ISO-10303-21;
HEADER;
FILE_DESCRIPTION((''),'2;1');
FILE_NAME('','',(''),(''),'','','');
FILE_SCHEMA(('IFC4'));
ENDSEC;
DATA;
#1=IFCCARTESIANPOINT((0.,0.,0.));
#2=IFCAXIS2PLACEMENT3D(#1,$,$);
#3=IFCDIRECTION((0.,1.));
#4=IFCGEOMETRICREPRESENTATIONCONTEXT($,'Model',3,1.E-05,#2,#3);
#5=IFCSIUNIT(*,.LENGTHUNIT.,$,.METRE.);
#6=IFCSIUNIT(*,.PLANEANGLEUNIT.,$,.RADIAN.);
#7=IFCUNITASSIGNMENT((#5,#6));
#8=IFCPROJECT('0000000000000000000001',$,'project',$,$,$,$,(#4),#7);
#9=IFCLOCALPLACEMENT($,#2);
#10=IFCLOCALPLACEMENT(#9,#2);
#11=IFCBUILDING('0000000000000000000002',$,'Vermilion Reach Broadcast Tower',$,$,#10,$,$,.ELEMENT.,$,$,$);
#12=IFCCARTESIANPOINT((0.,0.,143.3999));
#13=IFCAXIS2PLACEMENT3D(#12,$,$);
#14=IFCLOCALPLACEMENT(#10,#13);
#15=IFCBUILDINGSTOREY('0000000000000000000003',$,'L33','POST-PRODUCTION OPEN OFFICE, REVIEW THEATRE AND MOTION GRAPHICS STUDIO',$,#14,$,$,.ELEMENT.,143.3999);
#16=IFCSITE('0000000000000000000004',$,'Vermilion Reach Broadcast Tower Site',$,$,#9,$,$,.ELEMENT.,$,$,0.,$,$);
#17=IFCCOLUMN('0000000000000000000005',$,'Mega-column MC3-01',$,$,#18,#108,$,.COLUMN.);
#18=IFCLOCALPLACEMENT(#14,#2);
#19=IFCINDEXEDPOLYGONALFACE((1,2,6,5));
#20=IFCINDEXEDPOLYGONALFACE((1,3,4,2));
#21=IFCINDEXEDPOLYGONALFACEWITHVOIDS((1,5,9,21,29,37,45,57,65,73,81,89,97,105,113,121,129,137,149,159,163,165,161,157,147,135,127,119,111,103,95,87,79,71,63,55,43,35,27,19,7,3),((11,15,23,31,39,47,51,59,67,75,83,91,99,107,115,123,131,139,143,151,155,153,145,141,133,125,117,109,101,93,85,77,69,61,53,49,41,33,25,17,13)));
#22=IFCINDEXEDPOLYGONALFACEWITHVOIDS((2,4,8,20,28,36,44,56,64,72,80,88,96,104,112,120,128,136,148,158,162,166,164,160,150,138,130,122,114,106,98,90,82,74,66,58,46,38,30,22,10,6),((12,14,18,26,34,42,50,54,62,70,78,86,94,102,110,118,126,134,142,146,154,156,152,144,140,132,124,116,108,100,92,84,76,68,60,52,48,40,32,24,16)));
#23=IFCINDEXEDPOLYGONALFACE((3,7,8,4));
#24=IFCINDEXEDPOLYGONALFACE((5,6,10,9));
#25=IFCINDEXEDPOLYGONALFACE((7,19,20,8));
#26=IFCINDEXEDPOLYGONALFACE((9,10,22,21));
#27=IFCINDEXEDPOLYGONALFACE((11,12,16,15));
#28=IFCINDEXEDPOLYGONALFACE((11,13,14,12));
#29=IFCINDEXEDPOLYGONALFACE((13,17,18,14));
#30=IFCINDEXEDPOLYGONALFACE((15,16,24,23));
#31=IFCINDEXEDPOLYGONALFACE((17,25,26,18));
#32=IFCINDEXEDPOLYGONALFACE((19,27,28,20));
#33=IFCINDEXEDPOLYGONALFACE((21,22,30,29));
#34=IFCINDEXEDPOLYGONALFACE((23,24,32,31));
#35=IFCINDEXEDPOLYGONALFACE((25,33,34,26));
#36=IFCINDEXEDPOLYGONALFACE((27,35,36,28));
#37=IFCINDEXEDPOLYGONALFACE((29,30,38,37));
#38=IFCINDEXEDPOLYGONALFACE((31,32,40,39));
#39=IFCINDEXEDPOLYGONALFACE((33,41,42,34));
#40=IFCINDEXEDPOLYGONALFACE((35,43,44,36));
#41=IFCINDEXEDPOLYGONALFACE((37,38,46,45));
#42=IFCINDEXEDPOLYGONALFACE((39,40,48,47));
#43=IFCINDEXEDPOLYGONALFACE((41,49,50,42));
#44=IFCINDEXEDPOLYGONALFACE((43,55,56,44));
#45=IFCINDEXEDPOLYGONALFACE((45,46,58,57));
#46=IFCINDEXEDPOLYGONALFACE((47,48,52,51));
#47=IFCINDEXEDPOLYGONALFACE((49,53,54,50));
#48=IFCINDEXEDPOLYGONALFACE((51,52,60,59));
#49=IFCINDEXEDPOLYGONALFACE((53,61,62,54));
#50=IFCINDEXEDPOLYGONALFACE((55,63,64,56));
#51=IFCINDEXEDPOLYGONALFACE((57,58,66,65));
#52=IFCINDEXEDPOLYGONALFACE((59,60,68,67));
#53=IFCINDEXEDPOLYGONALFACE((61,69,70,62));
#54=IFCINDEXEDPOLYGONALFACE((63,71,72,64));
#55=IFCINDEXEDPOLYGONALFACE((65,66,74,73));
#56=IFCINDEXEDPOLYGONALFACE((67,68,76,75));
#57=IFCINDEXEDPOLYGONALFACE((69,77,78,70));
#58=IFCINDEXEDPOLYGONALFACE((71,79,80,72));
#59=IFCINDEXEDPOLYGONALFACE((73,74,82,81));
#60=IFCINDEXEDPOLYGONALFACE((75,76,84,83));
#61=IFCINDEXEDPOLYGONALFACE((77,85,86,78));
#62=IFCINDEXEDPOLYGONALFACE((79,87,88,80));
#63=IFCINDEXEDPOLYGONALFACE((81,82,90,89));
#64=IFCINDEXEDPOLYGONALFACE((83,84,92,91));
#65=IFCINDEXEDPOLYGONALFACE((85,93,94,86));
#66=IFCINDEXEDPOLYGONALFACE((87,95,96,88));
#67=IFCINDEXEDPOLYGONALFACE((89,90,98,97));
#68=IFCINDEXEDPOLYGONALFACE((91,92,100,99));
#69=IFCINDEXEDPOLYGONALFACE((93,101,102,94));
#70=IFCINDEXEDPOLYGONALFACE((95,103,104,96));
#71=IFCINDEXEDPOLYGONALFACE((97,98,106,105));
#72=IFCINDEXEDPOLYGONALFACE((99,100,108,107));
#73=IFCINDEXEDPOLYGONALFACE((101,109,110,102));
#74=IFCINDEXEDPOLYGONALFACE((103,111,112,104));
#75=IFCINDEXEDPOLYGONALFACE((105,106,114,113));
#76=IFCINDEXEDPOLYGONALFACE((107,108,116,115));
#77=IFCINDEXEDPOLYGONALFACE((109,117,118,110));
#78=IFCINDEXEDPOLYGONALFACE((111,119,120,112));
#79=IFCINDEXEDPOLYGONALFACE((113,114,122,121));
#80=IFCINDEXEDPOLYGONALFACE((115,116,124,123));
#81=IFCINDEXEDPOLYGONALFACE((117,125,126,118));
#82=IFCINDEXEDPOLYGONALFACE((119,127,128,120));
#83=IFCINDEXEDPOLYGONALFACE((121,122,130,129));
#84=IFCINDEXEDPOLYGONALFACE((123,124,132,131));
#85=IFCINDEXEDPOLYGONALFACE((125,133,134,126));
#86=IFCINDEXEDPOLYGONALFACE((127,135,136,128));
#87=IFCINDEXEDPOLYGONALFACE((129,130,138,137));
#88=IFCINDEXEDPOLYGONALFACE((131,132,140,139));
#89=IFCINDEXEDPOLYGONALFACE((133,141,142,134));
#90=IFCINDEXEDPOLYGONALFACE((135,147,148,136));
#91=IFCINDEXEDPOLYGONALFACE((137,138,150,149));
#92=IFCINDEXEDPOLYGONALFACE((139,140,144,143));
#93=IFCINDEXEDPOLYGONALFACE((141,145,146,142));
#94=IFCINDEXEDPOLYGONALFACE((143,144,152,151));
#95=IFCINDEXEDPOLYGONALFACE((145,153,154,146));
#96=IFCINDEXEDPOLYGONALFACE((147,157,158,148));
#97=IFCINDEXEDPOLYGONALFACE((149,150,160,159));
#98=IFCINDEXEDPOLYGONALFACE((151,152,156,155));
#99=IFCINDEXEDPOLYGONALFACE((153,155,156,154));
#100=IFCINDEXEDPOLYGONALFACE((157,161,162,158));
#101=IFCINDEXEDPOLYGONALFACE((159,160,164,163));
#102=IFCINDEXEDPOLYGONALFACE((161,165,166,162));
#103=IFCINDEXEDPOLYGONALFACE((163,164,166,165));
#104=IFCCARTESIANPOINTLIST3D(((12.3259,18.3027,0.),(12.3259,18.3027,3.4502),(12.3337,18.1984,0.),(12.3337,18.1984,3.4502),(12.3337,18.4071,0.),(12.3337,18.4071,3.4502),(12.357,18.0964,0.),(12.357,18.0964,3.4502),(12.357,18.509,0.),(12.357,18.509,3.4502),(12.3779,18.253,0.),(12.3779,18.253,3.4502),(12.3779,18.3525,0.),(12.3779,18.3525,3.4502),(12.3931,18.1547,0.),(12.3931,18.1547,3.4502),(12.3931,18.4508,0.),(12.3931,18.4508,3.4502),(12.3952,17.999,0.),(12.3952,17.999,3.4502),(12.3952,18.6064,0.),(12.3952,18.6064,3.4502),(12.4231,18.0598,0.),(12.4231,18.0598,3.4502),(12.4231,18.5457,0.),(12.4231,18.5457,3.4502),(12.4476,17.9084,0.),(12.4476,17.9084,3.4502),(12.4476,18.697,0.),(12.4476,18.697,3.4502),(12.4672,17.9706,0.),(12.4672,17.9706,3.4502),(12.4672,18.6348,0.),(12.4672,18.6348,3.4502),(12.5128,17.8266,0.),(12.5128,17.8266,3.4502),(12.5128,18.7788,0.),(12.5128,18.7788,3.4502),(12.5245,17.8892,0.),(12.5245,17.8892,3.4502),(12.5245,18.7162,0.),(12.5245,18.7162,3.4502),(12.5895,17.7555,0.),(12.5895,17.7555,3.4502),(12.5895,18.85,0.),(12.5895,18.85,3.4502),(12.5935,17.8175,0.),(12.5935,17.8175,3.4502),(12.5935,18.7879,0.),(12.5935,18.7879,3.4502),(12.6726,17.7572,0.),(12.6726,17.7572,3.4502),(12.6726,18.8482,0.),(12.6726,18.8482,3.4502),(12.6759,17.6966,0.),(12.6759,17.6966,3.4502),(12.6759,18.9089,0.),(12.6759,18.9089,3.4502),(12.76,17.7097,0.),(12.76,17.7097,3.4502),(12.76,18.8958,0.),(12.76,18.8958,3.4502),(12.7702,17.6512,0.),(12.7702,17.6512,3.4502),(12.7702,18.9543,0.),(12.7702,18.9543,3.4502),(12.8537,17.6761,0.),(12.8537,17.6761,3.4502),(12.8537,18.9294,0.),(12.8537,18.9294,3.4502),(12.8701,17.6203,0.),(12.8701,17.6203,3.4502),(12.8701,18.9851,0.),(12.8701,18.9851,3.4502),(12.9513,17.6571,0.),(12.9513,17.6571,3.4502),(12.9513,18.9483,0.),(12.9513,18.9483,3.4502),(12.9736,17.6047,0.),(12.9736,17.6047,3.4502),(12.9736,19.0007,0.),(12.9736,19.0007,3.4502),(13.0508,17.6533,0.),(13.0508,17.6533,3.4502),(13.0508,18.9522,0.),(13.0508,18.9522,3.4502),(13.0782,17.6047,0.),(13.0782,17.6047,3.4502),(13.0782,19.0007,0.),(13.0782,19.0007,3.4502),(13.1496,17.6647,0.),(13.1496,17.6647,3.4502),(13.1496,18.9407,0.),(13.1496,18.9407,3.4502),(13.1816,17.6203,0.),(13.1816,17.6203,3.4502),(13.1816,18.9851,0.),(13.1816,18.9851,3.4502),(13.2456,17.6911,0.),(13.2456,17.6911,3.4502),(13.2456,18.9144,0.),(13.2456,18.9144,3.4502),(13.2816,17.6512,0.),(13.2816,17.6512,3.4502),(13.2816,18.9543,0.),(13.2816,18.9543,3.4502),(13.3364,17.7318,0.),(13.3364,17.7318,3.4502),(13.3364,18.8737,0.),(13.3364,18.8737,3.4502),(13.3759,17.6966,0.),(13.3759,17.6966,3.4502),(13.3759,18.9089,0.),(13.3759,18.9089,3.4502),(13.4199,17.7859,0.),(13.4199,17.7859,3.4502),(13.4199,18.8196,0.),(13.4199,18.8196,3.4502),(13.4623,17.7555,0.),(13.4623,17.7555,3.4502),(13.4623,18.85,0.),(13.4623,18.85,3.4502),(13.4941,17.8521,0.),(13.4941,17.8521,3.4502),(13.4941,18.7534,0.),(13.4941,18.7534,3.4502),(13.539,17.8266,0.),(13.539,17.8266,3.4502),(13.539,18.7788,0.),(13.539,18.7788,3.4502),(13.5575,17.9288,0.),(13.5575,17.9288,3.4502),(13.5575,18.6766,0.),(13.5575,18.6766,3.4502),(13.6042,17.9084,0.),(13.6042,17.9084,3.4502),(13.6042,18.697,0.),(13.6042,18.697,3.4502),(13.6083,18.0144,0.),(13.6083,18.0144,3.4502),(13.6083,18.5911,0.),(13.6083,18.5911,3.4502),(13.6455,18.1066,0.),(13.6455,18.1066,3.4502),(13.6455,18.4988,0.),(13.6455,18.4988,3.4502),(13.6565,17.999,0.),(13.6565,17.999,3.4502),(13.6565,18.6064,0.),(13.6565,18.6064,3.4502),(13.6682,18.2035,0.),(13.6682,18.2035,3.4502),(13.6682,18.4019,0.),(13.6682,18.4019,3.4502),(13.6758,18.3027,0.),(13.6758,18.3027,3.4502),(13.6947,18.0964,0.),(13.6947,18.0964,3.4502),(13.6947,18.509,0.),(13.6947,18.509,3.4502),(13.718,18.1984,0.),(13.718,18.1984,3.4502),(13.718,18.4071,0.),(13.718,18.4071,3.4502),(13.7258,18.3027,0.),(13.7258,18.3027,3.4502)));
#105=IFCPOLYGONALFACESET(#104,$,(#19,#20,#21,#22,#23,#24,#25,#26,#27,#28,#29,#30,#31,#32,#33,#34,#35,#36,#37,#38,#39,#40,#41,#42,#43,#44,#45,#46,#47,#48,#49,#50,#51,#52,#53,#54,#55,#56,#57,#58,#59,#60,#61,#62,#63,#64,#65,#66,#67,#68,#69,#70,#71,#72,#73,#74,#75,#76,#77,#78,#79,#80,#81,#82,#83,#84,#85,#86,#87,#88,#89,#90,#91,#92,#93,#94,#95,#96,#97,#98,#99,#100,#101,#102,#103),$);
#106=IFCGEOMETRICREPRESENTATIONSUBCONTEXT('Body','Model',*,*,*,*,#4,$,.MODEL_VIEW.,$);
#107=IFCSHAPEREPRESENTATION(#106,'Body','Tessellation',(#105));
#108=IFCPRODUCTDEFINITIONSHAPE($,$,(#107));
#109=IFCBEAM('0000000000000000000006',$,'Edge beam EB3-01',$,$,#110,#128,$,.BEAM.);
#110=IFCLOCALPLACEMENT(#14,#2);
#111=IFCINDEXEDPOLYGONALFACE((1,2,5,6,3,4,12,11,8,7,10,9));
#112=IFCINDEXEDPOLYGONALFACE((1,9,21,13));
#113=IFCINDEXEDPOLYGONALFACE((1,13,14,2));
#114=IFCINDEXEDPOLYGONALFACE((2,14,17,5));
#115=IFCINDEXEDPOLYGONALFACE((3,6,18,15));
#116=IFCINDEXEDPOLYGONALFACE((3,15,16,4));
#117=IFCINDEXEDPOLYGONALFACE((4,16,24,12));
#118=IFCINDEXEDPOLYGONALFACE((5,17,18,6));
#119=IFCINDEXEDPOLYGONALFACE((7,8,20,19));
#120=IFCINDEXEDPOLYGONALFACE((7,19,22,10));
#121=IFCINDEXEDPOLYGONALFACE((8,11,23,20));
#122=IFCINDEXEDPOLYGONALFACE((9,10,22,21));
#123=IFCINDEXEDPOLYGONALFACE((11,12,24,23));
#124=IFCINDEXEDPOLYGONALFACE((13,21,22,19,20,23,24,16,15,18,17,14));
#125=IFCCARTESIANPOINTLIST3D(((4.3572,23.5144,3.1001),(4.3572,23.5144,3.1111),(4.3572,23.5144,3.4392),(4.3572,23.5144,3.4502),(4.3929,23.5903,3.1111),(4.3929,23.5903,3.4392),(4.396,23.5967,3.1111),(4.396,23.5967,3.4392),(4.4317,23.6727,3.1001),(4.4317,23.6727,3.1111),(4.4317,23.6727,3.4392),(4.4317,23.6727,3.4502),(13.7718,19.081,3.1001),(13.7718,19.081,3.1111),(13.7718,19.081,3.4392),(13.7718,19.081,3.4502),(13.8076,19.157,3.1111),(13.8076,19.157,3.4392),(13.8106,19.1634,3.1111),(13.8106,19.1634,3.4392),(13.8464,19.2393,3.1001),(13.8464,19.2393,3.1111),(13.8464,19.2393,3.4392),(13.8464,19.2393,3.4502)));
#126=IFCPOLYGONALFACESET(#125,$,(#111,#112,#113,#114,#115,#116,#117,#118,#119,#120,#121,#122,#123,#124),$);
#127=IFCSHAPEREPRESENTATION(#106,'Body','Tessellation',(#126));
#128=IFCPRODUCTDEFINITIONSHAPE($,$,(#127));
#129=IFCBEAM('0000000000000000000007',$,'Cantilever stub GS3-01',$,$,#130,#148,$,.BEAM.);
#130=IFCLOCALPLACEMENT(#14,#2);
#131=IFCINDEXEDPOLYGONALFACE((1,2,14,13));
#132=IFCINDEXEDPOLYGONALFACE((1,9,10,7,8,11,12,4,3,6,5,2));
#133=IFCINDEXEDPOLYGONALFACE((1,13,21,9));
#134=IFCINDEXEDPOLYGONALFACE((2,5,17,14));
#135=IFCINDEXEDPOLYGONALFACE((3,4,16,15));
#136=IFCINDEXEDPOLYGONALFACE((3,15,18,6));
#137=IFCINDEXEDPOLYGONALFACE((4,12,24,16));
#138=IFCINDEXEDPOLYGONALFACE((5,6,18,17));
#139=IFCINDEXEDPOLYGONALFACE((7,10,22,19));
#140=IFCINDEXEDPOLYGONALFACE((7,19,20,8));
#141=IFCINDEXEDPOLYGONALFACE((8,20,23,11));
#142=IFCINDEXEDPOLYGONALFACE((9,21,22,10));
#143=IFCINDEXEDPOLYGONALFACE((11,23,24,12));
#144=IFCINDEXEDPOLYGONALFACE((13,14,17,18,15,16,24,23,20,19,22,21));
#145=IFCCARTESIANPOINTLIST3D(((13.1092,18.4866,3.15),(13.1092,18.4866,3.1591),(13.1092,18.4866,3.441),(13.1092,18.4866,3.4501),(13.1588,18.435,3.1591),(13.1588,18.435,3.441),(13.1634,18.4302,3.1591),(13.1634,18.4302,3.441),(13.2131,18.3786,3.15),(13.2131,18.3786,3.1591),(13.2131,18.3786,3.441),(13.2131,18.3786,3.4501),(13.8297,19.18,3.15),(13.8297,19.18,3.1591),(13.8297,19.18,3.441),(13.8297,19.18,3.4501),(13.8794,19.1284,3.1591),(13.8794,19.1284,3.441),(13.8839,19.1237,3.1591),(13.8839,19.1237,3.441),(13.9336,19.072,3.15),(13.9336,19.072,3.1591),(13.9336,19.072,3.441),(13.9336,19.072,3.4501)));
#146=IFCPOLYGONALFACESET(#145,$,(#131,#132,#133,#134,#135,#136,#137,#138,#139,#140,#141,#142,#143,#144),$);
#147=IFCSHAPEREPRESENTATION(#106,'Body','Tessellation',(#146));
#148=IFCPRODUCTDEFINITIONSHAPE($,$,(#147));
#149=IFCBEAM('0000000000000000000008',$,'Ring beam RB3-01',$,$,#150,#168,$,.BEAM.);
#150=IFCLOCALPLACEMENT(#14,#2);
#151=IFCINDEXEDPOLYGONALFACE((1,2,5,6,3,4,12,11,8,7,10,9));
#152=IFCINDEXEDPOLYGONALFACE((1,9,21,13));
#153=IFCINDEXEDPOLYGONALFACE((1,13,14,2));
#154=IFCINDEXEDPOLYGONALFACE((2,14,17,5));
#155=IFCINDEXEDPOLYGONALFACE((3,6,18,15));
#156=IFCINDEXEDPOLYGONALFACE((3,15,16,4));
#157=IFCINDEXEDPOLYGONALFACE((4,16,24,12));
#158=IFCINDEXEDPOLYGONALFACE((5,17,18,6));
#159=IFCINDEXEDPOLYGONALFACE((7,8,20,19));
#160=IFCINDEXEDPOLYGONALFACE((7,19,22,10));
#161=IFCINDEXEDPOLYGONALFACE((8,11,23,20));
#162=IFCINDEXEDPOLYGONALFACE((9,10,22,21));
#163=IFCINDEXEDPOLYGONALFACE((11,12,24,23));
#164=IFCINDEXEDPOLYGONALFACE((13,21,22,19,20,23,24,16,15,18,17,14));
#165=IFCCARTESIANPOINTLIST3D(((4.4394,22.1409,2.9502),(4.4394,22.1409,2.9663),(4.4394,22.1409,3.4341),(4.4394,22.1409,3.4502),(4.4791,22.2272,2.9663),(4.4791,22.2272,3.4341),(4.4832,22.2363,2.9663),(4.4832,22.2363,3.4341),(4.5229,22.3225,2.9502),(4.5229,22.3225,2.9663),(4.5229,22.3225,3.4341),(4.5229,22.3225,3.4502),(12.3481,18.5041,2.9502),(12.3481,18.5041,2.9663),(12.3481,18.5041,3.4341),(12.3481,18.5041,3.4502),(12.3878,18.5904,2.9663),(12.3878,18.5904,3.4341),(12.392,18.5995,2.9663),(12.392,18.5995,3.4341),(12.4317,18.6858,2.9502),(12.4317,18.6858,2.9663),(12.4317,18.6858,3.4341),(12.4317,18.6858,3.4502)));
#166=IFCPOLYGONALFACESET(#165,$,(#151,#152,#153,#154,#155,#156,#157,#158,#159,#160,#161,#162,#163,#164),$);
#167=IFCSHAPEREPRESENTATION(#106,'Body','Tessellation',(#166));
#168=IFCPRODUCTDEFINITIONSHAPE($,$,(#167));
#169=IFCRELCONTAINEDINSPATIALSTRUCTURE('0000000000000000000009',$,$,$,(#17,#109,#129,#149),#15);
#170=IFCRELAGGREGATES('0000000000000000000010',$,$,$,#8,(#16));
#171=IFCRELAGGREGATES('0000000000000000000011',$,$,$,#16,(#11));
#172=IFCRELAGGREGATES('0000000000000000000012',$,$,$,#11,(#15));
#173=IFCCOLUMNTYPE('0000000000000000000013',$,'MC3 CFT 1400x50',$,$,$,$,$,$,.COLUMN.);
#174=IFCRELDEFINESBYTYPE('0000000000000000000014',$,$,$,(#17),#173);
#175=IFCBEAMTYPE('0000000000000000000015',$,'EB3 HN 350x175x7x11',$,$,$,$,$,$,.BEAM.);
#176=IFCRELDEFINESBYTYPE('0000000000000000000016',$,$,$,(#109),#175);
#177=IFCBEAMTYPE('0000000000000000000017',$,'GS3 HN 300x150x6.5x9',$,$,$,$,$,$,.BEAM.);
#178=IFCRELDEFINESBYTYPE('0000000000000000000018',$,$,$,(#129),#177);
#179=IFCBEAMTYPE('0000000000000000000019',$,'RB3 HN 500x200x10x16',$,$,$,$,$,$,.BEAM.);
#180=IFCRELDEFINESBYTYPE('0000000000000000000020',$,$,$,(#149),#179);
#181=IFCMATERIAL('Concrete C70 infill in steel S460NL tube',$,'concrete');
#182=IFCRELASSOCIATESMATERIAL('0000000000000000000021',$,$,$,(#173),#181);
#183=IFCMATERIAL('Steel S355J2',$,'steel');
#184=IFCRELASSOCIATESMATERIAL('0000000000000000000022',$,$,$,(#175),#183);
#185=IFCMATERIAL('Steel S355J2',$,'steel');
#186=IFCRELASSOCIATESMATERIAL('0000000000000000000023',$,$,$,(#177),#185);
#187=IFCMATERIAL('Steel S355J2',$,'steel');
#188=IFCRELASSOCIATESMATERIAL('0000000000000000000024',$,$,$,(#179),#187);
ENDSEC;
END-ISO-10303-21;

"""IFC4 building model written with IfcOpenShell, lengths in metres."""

from ifc_helpers import new_model, si_unit, direction, frame, origin, origin_2d, place, context, subcontext, project, spatial, hollow_circle, i_section, extrude, material, material_profile, profile_set, type_object, element, save


model = new_model("IFC4")

# Units and contexts
model_context = context("Model", 3, precision=1e-05, world=origin(), true_north=direction((0.0, 1.0)))
body_context = subcontext(model_context, "Body", "Model", "MODEL_VIEW")
ifc_project = project(units=[si_unit("LENGTHUNIT", "METRE"), si_unit("PLANEANGLEUNIT", "RADIAN")], contexts=[model_context])

# Site, building, storey
site_placement = place(None, origin())
site = spatial("IfcSite", under=ifc_project, at=site_placement, Name="Vermilion Reach Broadcast Tower Site", CompositionType="ELEMENT", RefElevation=0.0)
building_placement = place(site_placement, origin())
building = spatial("IfcBuilding", under=site, at=building_placement, Name="Vermilion Reach Broadcast Tower", CompositionType="ELEMENT")
storey_placement = place(building_placement, frame((0.0, 0.0, 143.3999)))
storey = spatial("IfcBuildingStorey", under=building, at=storey_placement, Name="L33", Description="POST-PRODUCTION OPEN OFFICE, REVIEW THEATRE AND MOTION GRAPHICS STUDIO", CompositionType="ELEMENT", Elevation=143.3999)

# Column
ifc_material_1 = material(Name="Concrete C70 infill in steel S460NL tube", Category="concrete")
ifc_material_profile_1 = material_profile(ifc_material_1, hollow_circle(Radius=0.7, WallThickness=0.05, at=origin_2d()), Name="Concrete C70 infill in steel S460NL tube CFT 1400x50")
ifc_profile_set_1 = profile_set([ifc_material_profile_1], Name="Concrete C70 infill in steel S460NL tube")
column_type = type_object("IfcColumnType", Name="MC3 CFT 1400x50", PredefinedType="COLUMN", material=ifc_profile_set_1)
column_placement = place(storey_placement, frame((13.0259, 18.3027, 0.0), z_axis=(0.0, 0.0, 1.0), x_axis=(1.0, 0.0, 0.0)))
element("IfcColumn", 1, at=column_placement, inside=storey, type_object=column_type, Name="Mega-column MC3-01", PredefinedType="COLUMN", context=body_context, shape_type="SweptSolid", body=[
    extrude(hollow_circle(Radius=0.7, WallThickness=0.05, at=origin_2d()), origin(), (0.0, 0.0, 1.0), 3.4502),
])

# Beams
ifc_material_2 = material(Name="Steel S355J2", Category="steel")
ifc_material_profile_2 = material_profile(ifc_material_2, i_section(OverallWidth=0.175, OverallDepth=0.3501, WebThickness=0.0071, FlangeThickness=0.011, at=origin_2d()), Name="S355J2 HN 350x175x7x11")
ifc_profile_set_2 = profile_set([ifc_material_profile_2], Name="Steel S355J2")
beam_type_1 = type_object("IfcBeamType", Name="EB3 HN 350x175x7x11", PredefinedType="BEAM", material=ifc_profile_set_2)
beam_1_placement = place(storey_placement, frame((13.8091, 19.1602, 3.2751), z_axis=(-0.904709, 0.426031, 0.0), x_axis=(-0.426031, -0.904709, 0.0)))
element("IfcBeam", 2, at=beam_1_placement, inside=storey, type_object=beam_type_1, Name="Edge beam EB3-01", PredefinedType="BEAM", context=body_context, shape_type="SweptSolid", body=[
    extrude(i_section(OverallWidth=0.175, OverallDepth=0.3501, WebThickness=0.0071, FlangeThickness=0.011, at=origin_2d()), origin(), (0.0, 0.0, 1.0), 10.4062),
])
ifc_material_3 = material(Name="Steel S355J2", Category="steel")
ifc_material_profile_3 = material_profile(ifc_material_3, i_section(OverallWidth=0.1499, OverallDepth=0.3, WebThickness=0.0066, FlangeThickness=0.009, at=origin_2d()), Name="S355J2 HN 300x150x6.5x9")
ifc_profile_set_3 = profile_set([ifc_material_profile_3], Name="Steel S355J2")
beam_type_2 = type_object("IfcBeamType", Name="GS3 HN 300x150x6.5x9", PredefinedType="BEAM", material=ifc_profile_set_3)
beam_2_placement = place(storey_placement, frame((13.1611, 18.4326, 3.3), z_axis=(0.720528, 0.693426, 0.0), x_axis=(-0.693426, 0.720528, 0.0)))
element("IfcBeam", 3, at=beam_2_placement, inside=storey, type_object=beam_type_2, Name="Cantilever stub GS3-01", PredefinedType="BEAM", context=body_context, shape_type="SweptSolid", body=[
    extrude(i_section(OverallWidth=0.1499, OverallDepth=0.3, WebThickness=0.0066, FlangeThickness=0.009, at=origin_2d()), origin(), (0.0, 0.0, 1.0), 1.0),
])
ifc_material_4 = material(Name="Steel S355J2", Category="steel")
ifc_material_profile_4 = material_profile(ifc_material_4, i_section(OverallWidth=0.2, OverallDepth=0.5, WebThickness=0.01, FlangeThickness=0.0161, at=origin_2d()), Name="S355J2 HN 500x200x10x16")
ifc_profile_set_4 = profile_set([ifc_material_profile_4], Name="Steel S355J2")
beam_type_3 = type_object("IfcBeamType", Name="RB3 HN 500x200x10x16", PredefinedType="BEAM", material=ifc_profile_set_4)
beam_3_placement = place(storey_placement, frame((12.3899, 18.595, 3.2002), z_axis=(-0.908546, 0.417784, 0.0), x_axis=(-0.417784, -0.908546, 0.0)))
element("IfcBeam", 4, at=beam_3_placement, inside=storey, type_object=beam_type_3, Name="Ring beam RB3-01", PredefinedType="BEAM", context=body_context, shape_type="SweptSolid", body=[
    extrude(i_section(OverallWidth=0.2, OverallDepth=0.5, WebThickness=0.01, FlangeThickness=0.0161, at=origin_2d()), origin(), (0.0, 0.0, 1.0), 8.7048),
])

save(model, "model.ifc")
